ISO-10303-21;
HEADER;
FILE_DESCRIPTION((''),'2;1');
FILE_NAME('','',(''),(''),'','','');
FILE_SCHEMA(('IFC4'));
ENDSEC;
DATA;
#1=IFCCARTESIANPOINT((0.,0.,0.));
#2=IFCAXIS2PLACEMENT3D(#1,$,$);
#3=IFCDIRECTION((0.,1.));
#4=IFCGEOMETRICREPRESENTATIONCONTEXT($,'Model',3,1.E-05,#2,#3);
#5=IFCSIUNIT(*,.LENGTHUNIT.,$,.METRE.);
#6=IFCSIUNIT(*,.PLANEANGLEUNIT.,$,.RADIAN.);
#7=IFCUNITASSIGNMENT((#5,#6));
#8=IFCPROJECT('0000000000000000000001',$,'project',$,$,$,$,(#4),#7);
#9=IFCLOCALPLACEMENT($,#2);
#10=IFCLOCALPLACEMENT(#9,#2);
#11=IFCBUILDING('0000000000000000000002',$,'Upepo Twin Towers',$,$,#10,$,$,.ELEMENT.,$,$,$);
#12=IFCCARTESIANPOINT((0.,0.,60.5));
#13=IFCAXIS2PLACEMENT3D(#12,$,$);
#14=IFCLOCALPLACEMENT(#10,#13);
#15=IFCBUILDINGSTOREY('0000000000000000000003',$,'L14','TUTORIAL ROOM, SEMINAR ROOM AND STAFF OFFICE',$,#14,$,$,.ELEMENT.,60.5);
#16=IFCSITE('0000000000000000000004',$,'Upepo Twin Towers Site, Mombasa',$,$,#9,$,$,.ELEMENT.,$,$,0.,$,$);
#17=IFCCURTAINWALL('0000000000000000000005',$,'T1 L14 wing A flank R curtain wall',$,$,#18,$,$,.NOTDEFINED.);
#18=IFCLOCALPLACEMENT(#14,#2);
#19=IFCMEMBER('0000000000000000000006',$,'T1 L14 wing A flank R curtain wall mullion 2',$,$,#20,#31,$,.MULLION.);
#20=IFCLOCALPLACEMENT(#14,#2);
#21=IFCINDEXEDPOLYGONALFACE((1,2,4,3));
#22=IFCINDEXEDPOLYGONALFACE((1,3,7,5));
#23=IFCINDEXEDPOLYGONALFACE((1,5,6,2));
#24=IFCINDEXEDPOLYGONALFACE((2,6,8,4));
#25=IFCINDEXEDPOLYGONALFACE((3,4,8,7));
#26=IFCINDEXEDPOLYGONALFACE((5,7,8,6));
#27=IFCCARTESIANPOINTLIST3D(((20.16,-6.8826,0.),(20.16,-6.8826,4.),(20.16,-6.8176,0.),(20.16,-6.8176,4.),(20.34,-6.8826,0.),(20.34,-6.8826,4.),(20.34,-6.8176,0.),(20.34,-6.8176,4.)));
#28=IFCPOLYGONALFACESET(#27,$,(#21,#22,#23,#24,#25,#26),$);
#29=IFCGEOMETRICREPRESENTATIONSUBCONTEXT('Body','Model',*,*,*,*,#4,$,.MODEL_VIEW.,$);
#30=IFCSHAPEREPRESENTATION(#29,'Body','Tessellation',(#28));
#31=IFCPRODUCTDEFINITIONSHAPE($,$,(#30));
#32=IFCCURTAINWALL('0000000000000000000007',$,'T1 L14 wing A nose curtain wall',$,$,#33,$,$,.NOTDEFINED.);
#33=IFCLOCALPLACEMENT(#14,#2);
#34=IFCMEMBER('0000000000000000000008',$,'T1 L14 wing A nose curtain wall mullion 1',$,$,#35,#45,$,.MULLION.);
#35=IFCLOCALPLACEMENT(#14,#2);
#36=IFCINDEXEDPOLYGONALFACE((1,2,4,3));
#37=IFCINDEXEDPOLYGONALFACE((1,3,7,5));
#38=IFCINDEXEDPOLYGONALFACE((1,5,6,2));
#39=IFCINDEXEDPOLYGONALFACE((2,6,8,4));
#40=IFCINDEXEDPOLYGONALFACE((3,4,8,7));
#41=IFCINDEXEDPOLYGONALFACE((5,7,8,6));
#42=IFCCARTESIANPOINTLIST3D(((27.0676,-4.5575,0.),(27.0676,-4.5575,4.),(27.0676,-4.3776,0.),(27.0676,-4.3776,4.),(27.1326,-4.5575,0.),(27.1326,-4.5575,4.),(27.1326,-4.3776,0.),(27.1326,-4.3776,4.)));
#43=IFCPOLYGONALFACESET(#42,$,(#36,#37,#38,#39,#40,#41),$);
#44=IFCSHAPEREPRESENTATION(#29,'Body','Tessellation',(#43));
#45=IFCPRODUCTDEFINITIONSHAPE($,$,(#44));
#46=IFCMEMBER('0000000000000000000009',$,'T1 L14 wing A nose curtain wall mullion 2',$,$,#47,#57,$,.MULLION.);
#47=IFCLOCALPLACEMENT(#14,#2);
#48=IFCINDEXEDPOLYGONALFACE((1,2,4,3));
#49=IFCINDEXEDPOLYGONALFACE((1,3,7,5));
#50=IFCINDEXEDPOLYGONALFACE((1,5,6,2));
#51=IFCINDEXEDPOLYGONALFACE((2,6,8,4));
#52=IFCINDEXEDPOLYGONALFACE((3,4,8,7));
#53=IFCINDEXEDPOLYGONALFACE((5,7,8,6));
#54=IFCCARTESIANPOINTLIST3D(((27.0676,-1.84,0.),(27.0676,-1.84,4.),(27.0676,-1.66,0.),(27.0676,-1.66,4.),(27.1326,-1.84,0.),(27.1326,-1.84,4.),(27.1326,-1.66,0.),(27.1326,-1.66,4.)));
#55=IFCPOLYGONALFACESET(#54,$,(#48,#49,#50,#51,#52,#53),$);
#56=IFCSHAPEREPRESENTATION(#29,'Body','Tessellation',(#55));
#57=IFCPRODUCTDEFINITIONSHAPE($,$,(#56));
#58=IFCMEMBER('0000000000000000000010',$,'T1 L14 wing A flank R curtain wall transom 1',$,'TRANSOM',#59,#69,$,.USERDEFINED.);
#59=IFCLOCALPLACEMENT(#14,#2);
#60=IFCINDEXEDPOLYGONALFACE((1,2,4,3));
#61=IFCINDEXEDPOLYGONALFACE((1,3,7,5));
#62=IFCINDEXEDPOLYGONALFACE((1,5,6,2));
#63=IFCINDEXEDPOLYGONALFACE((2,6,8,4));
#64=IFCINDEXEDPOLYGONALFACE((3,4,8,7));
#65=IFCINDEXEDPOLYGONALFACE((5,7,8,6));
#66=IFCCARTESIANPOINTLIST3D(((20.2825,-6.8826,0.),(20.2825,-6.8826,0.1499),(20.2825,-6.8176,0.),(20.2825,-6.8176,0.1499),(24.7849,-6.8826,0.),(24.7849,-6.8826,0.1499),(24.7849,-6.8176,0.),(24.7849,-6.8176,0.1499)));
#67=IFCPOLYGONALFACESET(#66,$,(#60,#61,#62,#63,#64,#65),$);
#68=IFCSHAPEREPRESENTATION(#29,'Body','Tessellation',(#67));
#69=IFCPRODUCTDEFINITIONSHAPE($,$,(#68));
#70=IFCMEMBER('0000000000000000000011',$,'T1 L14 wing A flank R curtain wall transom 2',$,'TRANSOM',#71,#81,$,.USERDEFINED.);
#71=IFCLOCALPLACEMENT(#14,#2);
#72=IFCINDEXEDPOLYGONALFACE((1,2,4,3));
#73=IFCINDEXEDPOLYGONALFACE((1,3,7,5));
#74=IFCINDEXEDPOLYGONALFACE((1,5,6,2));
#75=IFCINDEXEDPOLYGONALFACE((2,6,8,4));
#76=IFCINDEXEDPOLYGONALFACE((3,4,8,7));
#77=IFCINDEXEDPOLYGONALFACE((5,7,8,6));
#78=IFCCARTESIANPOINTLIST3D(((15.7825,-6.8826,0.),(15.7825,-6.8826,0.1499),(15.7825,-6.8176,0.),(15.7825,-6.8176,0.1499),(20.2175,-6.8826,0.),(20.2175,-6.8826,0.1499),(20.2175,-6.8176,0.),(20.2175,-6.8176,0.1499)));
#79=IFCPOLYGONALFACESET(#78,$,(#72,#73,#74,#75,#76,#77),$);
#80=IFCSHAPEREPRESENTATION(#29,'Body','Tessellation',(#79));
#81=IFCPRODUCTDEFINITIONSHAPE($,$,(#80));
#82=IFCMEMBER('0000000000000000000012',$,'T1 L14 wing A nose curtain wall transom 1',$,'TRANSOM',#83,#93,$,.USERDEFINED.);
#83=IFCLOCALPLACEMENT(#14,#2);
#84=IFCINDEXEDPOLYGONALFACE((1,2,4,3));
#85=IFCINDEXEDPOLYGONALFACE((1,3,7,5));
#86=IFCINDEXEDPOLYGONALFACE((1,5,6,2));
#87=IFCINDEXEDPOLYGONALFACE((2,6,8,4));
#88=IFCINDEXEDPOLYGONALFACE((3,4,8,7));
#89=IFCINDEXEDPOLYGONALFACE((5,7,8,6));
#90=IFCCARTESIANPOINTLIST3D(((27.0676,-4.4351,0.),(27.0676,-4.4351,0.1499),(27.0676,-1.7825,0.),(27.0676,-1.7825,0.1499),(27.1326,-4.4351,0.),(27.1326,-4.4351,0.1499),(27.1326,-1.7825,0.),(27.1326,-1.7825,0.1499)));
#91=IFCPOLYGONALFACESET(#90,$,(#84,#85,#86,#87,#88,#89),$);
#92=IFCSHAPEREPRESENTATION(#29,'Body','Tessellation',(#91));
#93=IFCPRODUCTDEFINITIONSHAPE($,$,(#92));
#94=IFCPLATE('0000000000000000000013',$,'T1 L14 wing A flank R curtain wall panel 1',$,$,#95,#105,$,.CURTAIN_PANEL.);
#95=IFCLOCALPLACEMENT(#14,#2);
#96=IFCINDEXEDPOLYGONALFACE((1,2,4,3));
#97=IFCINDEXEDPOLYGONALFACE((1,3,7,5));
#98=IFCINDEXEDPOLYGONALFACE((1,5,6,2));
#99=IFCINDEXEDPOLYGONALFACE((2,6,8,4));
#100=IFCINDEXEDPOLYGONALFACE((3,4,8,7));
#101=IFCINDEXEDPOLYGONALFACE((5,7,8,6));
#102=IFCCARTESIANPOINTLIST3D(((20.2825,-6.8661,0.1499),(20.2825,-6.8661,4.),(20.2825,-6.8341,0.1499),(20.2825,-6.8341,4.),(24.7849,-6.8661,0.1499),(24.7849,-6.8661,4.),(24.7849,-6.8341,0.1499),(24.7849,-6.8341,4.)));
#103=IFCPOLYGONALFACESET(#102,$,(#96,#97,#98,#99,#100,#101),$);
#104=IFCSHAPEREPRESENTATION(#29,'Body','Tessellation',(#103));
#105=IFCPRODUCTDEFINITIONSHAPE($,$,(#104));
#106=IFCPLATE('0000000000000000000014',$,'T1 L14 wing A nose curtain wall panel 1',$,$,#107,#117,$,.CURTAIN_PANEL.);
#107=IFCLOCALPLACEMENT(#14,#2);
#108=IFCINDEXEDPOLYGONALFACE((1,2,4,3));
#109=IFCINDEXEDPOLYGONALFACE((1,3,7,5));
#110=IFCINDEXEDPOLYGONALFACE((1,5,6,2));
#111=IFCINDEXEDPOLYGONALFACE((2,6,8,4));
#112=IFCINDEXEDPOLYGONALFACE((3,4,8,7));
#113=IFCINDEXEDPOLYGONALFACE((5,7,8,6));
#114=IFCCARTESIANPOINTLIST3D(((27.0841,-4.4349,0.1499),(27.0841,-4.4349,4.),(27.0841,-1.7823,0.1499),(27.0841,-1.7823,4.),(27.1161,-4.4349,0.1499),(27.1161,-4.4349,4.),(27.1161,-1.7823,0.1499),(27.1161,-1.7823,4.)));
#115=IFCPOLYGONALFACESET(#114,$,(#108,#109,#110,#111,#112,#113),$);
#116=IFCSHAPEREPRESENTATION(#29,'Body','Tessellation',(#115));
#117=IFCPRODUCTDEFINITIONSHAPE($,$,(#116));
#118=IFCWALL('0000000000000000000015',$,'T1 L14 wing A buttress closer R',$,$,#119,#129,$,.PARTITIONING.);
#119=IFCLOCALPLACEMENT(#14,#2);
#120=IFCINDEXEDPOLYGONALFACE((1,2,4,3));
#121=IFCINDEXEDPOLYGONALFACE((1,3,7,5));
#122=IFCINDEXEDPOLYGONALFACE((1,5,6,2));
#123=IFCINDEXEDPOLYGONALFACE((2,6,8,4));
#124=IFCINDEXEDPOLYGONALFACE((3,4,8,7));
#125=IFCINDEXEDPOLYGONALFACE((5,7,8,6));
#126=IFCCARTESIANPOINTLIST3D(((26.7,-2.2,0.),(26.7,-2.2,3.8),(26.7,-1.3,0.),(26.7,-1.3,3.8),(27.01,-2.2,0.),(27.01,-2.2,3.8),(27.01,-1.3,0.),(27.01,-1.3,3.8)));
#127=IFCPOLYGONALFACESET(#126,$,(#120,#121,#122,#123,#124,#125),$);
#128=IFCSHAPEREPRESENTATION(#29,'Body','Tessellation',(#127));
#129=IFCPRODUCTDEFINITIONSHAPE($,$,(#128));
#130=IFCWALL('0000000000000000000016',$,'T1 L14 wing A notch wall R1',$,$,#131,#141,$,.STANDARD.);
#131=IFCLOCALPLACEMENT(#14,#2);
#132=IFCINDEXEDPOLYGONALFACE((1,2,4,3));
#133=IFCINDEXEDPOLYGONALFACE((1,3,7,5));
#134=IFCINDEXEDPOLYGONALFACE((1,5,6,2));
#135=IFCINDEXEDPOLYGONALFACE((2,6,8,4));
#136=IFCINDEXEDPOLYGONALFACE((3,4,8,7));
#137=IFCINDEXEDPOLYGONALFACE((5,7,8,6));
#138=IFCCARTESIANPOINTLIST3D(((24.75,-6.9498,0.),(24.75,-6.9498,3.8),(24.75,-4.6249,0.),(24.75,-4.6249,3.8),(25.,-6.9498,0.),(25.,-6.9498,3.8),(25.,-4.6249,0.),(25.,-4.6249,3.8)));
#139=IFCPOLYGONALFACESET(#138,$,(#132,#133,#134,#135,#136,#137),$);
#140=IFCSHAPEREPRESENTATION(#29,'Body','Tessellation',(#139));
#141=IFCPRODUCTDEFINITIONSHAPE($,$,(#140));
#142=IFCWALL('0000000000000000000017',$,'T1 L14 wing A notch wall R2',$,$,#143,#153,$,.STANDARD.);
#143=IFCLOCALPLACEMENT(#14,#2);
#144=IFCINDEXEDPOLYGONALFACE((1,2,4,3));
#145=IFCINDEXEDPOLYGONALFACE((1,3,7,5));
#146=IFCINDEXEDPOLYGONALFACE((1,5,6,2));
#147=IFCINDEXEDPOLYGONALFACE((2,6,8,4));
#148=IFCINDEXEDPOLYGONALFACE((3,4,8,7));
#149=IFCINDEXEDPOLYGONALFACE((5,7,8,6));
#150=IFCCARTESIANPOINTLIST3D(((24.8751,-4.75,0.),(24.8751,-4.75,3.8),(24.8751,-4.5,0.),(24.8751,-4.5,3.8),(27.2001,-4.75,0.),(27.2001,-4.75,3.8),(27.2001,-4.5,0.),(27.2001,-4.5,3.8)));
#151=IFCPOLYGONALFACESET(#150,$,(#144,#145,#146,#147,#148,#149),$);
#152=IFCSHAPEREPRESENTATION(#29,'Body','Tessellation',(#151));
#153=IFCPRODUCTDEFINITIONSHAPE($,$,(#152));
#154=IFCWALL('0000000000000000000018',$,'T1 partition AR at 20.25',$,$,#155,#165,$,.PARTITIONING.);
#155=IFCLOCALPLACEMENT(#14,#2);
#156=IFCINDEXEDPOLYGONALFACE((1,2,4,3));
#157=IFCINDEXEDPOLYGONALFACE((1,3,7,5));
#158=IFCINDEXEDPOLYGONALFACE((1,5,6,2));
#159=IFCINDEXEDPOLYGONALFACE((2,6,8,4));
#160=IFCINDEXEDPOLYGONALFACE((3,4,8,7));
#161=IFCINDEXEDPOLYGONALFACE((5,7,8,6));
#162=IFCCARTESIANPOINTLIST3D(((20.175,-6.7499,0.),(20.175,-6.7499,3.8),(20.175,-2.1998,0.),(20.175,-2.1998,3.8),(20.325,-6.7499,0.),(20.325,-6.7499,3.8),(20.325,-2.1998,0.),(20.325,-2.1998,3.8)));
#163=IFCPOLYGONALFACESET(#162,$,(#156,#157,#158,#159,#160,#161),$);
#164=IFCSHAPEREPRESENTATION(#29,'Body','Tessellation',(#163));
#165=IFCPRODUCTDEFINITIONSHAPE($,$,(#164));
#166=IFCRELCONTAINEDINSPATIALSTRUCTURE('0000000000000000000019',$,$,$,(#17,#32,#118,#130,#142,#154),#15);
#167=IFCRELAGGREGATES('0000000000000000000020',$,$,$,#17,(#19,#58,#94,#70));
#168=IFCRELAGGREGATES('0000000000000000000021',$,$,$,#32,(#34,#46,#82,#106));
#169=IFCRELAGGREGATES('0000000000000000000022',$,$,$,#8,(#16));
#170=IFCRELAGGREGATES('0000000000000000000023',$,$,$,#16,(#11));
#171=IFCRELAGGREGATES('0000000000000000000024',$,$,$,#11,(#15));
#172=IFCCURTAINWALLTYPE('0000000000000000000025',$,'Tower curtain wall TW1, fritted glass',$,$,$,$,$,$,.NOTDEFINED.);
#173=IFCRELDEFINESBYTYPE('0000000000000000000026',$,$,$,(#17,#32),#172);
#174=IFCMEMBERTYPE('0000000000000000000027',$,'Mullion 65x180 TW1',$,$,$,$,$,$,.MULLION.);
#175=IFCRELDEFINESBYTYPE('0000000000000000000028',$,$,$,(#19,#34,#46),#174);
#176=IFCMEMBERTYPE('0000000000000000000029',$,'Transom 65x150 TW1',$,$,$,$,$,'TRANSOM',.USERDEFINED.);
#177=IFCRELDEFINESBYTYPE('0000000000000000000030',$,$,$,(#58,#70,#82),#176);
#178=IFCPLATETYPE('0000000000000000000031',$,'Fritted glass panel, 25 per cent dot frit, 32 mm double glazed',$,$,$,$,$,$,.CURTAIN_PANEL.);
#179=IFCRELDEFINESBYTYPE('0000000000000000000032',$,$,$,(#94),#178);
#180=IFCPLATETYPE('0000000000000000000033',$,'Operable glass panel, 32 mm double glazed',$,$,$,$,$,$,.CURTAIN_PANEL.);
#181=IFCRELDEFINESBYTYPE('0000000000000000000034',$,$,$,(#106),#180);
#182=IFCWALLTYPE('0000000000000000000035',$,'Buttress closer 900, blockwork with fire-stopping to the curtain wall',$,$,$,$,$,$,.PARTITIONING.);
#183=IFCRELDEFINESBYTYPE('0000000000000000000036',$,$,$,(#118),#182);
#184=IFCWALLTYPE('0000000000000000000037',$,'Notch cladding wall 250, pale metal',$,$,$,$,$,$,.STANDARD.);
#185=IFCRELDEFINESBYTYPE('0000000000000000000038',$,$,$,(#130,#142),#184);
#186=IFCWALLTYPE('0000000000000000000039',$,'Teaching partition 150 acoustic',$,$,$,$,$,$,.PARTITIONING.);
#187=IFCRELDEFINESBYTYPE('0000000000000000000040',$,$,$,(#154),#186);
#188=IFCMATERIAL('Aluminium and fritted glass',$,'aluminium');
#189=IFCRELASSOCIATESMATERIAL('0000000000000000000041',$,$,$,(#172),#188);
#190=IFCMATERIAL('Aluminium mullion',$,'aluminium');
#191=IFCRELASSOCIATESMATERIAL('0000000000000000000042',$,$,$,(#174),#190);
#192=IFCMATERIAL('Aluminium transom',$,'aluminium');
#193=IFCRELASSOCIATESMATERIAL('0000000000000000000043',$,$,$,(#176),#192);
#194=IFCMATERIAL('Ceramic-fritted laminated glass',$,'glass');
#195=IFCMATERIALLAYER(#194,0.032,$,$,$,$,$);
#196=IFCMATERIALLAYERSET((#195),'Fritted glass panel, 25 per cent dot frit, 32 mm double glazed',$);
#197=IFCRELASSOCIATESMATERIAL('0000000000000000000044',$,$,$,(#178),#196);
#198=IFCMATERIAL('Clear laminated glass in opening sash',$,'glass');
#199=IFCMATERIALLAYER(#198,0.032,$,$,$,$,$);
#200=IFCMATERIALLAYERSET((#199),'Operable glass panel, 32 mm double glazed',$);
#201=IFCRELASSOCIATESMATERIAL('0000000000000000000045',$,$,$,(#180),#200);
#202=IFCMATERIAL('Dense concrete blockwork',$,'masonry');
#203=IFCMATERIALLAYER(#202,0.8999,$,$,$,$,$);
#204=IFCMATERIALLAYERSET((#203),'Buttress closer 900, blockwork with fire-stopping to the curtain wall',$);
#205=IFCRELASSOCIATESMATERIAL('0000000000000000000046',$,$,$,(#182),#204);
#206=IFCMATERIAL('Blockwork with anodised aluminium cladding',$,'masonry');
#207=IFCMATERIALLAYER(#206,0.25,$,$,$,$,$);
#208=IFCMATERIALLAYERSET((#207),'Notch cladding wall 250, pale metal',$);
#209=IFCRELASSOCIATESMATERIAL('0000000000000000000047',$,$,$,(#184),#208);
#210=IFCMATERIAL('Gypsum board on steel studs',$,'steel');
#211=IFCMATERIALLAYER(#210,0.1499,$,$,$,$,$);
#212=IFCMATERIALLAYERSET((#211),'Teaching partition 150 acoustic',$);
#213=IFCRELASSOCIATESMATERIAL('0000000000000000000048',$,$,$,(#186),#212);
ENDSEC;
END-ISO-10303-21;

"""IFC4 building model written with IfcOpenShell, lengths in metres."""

from ifc_helpers import new_model, si_unit, direction, frame, frame_2d, origin, origin_2d, place, context, subcontext, project, spatial, rectangle, extrude, material, layer, layer_set, material_profile, profile_set, type_object, element, aggregate, save


model = new_model("IFC4")

# Units and contexts
model_context = context("Model", 3, precision=1e-05, world=origin(), true_north=direction((0.0, 1.0)))
body_context = subcontext(model_context, "Body", "Model", "MODEL_VIEW")
ifc_project = project(units=[si_unit("LENGTHUNIT", "METRE"), si_unit("PLANEANGLEUNIT", "RADIAN")], contexts=[model_context])

# Site, building, storey
site_placement = place(None, origin())
site = spatial("IfcSite", under=ifc_project, at=site_placement, Name="Upepo Twin Towers Site, Mombasa", CompositionType="ELEMENT", RefElevation=0.0)
building_placement = place(site_placement, origin())
building = spatial("IfcBuilding", under=site, at=building_placement, Name="Upepo Twin Towers", CompositionType="ELEMENT")
storey_placement = place(building_placement, frame((0.0, 0.0, 60.5)))
storey = spatial("IfcBuildingStorey", under=building, at=storey_placement, Name="L14", Description="TUTORIAL ROOM, SEMINAR ROOM AND STAFF OFFICE", CompositionType="ELEMENT", Elevation=60.5)

# Curtain walls, members
ifc_material_1 = material(Name="Aluminium and fritted glass", Category="aluminium")
curtain_wall_type = type_object("IfcCurtainWallType", Name="Tower curtain wall TW1, fritted glass", PredefinedType="NOTDEFINED", material=ifc_material_1)
curtain_wall_1_placement = place(storey_placement, origin())
curtain_wall_1 = element("IfcCurtainWall", 1, at=curtain_wall_1_placement, inside=storey, type_object=curtain_wall_type, Name="T1 L14 wing A flank R curtain wall", PredefinedType="NOTDEFINED")
ifc_material_2 = material(Name="Aluminium mullion", Category="aluminium")
ifc_material_profile_1 = material_profile(ifc_material_2, rectangle(XDim=0.0649, YDim=0.1799, at=origin_2d()), Name="MULLION 65x180")
ifc_profile_set_1 = profile_set([ifc_material_profile_1], Name="Aluminium mullion")
member_type_1 = type_object("IfcMemberType", Name="Mullion 65x180 TW1", PredefinedType="MULLION", material=ifc_profile_set_1)
member_1_placement = place(storey_placement, frame((20.25, -6.8501, 0.0), z_axis=(0.0, 0.0, 1.0), x_axis=(0.0, -1.0, 0.0)))
member_1 = element("IfcMember", 2, at=member_1_placement, type_object=member_type_1, Name="T1 L14 wing A flank R curtain wall mullion 2", PredefinedType="MULLION", context=body_context, shape_type="SweptSolid", body=[
    extrude(rectangle(XDim=0.0649, YDim=0.1799, at=origin_2d()), origin(), (0.0, 0.0, 1.0), 4.0),
])
curtain_wall_2_placement = place(storey_placement, origin())
curtain_wall_2 = element("IfcCurtainWall", 3, at=curtain_wall_2_placement, inside=storey, type_object=curtain_wall_type, Name="T1 L14 wing A nose curtain wall", PredefinedType="NOTDEFINED")
member_2_placement = place(storey_placement, frame((27.1001, -4.4675, 0.0), z_axis=(0.0, 0.0, 1.0), x_axis=(-1.0, 0.0, 0.0)))
member_2 = element("IfcMember", 4, at=member_2_placement, type_object=member_type_1, Name="T1 L14 wing A nose curtain wall mullion 1", PredefinedType="MULLION", context=body_context, shape_type="SweptSolid", body=[
    extrude(rectangle(XDim=0.0649, YDim=0.1799, at=origin_2d()), origin(), (0.0, 0.0, 1.0), 4.0),
])
member_3_placement = place(storey_placement, frame((27.1001, -1.75, 0.0), z_axis=(0.0, 0.0, 1.0), x_axis=(-1.0, 0.0, 0.0)))
member_3 = element("IfcMember", 5, at=member_3_placement, type_object=member_type_1, Name="T1 L14 wing A nose curtain wall mullion 2", PredefinedType="MULLION", context=body_context, shape_type="SweptSolid", body=[
    extrude(rectangle(XDim=0.0649, YDim=0.1799, at=origin_2d()), origin(), (0.0, 0.0, 1.0), 4.0),
])

# Members
ifc_material_3 = material(Name="Aluminium transom", Category="aluminium")
ifc_material_profile_2 = material_profile(ifc_material_3, rectangle(XDim=0.0649, YDim=0.1499, at=origin_2d()), Name="TRANSOM 65x150")
ifc_profile_set_2 = profile_set([ifc_material_profile_2], Name="Aluminium transom")
member_type_2 = type_object("IfcMemberType", Name="Transom 65x150 TW1", ElementType="TRANSOM", PredefinedType="USERDEFINED", material=ifc_profile_set_2)
member_4_placement = place(storey_placement, frame((24.7849, -6.8501, 0.075), z_axis=(-1.0, 0.0, 0.0), x_axis=(0.0, -1.0, 0.0)))
member_4 = element("IfcMember", 6, at=member_4_placement, type_object=member_type_2, Name="T1 L14 wing A flank R curtain wall transom 1", ObjectType="TRANSOM", PredefinedType="USERDEFINED", context=body_context, shape_type="SweptSolid", body=[
    extrude(rectangle(XDim=0.0649, YDim=0.1499, at=origin_2d()), origin(), (0.0, 0.0, 1.0), 4.5024),
])
member_5_placement = place(storey_placement, frame((20.2175, -6.8501, 0.075), z_axis=(-1.0, 0.0, 0.0), x_axis=(0.0, -1.0, 0.0)))
member_5 = element("IfcMember", 7, at=member_5_placement, type_object=member_type_2, Name="T1 L14 wing A flank R curtain wall transom 2", ObjectType="TRANSOM", PredefinedType="USERDEFINED", context=body_context, shape_type="SweptSolid", body=[
    extrude(rectangle(XDim=0.0649, YDim=0.1499, at=origin_2d()), origin(), (0.0, 0.0, 1.0), 4.4351),
])
member_6_placement = place(storey_placement, frame((27.1001, -4.4351, 0.075), z_axis=(0.0, 1.0, 0.0), x_axis=(-1.0, 0.0, 0.0)))
member_6 = element("IfcMember", 8, at=member_6_placement, type_object=member_type_2, Name="T1 L14 wing A nose curtain wall transom 1", ObjectType="TRANSOM", PredefinedType="USERDEFINED", context=body_context, shape_type="SweptSolid", body=[
    extrude(rectangle(XDim=0.0649, YDim=0.1499, at=origin_2d()), origin(), (0.0, 0.0, 1.0), 2.6526),
])

# Plates
ifc_material_4 = material(Name="Ceramic-fritted laminated glass", Category="glass")
ifc_layer_1 = layer(ifc_material_4, 0.032)
ifc_layer_set_1 = layer_set([ifc_layer_1], Name="Fritted glass panel, 25 per cent dot frit, 32 mm double glazed")
plate_type_1 = type_object("IfcPlateType", Name="Fritted glass panel, 25 per cent dot frit, 32 mm double glazed", PredefinedType="CURTAIN_PANEL", material=ifc_layer_set_1)
plate_1_placement = place(storey_placement, frame((22.5337, -6.8501, 0.1499), z_axis=(0.0, 0.0, 1.0), x_axis=(-1.0, 0.0, 0.0)))
plate_1 = element("IfcPlate", 9, at=plate_1_placement, type_object=plate_type_1, Name="T1 L14 wing A flank R curtain wall panel 1", PredefinedType="CURTAIN_PANEL", context=body_context, shape_type="SweptSolid", body=[
    extrude(rectangle(XDim=4.5024, YDim=0.032, at=origin_2d()), origin(), (0.0, 0.0, 1.0), 3.8501),
])
aggregate(curtain_wall_1, [member_1, member_4, plate_1, member_5])
ifc_material_5 = material(Name="Clear laminated glass in opening sash", Category="glass")
ifc_layer_2 = layer(ifc_material_5, 0.032)
ifc_layer_set_2 = layer_set([ifc_layer_2], Name="Operable glass panel, 32 mm double glazed")
plate_type_2 = type_object("IfcPlateType", Name="Operable glass panel, 32 mm double glazed", PredefinedType="CURTAIN_PANEL", material=ifc_layer_set_2)
plate_2_placement = place(storey_placement, frame((27.1001, -3.1086, 0.1499), z_axis=(0.0, 0.0, 1.0), x_axis=(0.0, 1.0, 0.0)))
plate_2 = element("IfcPlate", 10, at=plate_2_placement, type_object=plate_type_2, Name="T1 L14 wing A nose curtain wall panel 1", PredefinedType="CURTAIN_PANEL", context=body_context, shape_type="SweptSolid", body=[
    extrude(rectangle(XDim=2.6526, YDim=0.032, at=origin_2d()), origin(), (0.0, 0.0, 1.0), 3.8501),
])
aggregate(curtain_wall_2, [member_2, member_3, member_6, plate_2])

# Walls
ifc_material_6 = material(Name="Dense concrete blockwork", Category="masonry")
ifc_layer_3 = layer(ifc_material_6, 0.8999)
ifc_layer_set_3 = layer_set([ifc_layer_3], Name="Buttress closer 900, blockwork with fire-stopping to the curtain wall")
wall_type_1 = type_object("IfcWallType", Name="Buttress closer 900, blockwork with fire-stopping to the curtain wall", PredefinedType="PARTITIONING", material=ifc_layer_set_3)
wall_1_placement = place(storey_placement, frame((26.7, -1.75, 0.0), z_axis=(0.0, 0.0, 1.0), x_axis=(1.0, 0.0, 0.0)))
element("IfcWall", 11, at=wall_1_placement, inside=storey, type_object=wall_type_1, Name="T1 L14 wing A buttress closer R", PredefinedType="PARTITIONING", context=body_context, shape_type="SweptSolid", body=[
    extrude(rectangle(XDim=0.3101, YDim=0.8999, at=frame_2d((0.155, 0.0))), origin(), (0.0, 0.0, 1.0), 3.8),
])
ifc_material_7 = material(Name="Blockwork with anodised aluminium cladding", Category="masonry")
ifc_layer_4 = layer(ifc_material_7, 0.25)
ifc_layer_set_4 = layer_set([ifc_layer_4], Name="Notch cladding wall 250, pale metal")
wall_type_2 = type_object("IfcWallType", Name="Notch cladding wall 250, pale metal", PredefinedType="STANDARD", material=ifc_layer_set_4)
for number, where, z_axis, x_axis, name in (
    (12, (24.875, -6.95, 0.0), (0.0, 0.0, 1.0), (0.0, 1.0, 0.0), "T1 L14 wing A notch wall R1"),
    (13, (24.875, -4.625, 0.0), (0.0, 0.0, 1.0), (1.0, 0.0, 0.0), "T1 L14 wing A notch wall R2"),
):
    element("IfcWall", number, at=place(storey_placement, frame(where, z_axis=z_axis, x_axis=x_axis)), inside=storey, type_object=wall_type_2, Name=name, PredefinedType="STANDARD", context=body_context, shape_type="SweptSolid", body=[
        extrude(rectangle(XDim=2.325, YDim=0.25, at=frame_2d((1.1626, 0.0))), origin(), (0.0, 0.0, 1.0), 3.8),
    ])
ifc_material_8 = material(Name="Gypsum board on steel studs", Category="steel")
ifc_layer_5 = layer(ifc_material_8, 0.1499)
ifc_layer_set_5 = layer_set([ifc_layer_5], Name="Teaching partition 150 acoustic")
wall_type_3 = type_object("IfcWallType", Name="Teaching partition 150 acoustic", PredefinedType="PARTITIONING", material=ifc_layer_set_5)
wall_2_placement = place(storey_placement, frame((20.25, -2.2, 0.0), z_axis=(0.0, 0.0, 1.0), x_axis=(0.0, -1.0, 0.0)))
element("IfcWall", 14, at=wall_2_placement, inside=storey, type_object=wall_type_3, Name="T1 partition AR at 20.25", PredefinedType="PARTITIONING", context=body_context, shape_type="SweptSolid", body=[
    extrude(rectangle(XDim=4.55, YDim=0.1499, at=frame_2d((2.2749, 0.0))), origin(), (0.0, 0.0, 1.0), 3.8),
])

save(model, "model.ifc")
